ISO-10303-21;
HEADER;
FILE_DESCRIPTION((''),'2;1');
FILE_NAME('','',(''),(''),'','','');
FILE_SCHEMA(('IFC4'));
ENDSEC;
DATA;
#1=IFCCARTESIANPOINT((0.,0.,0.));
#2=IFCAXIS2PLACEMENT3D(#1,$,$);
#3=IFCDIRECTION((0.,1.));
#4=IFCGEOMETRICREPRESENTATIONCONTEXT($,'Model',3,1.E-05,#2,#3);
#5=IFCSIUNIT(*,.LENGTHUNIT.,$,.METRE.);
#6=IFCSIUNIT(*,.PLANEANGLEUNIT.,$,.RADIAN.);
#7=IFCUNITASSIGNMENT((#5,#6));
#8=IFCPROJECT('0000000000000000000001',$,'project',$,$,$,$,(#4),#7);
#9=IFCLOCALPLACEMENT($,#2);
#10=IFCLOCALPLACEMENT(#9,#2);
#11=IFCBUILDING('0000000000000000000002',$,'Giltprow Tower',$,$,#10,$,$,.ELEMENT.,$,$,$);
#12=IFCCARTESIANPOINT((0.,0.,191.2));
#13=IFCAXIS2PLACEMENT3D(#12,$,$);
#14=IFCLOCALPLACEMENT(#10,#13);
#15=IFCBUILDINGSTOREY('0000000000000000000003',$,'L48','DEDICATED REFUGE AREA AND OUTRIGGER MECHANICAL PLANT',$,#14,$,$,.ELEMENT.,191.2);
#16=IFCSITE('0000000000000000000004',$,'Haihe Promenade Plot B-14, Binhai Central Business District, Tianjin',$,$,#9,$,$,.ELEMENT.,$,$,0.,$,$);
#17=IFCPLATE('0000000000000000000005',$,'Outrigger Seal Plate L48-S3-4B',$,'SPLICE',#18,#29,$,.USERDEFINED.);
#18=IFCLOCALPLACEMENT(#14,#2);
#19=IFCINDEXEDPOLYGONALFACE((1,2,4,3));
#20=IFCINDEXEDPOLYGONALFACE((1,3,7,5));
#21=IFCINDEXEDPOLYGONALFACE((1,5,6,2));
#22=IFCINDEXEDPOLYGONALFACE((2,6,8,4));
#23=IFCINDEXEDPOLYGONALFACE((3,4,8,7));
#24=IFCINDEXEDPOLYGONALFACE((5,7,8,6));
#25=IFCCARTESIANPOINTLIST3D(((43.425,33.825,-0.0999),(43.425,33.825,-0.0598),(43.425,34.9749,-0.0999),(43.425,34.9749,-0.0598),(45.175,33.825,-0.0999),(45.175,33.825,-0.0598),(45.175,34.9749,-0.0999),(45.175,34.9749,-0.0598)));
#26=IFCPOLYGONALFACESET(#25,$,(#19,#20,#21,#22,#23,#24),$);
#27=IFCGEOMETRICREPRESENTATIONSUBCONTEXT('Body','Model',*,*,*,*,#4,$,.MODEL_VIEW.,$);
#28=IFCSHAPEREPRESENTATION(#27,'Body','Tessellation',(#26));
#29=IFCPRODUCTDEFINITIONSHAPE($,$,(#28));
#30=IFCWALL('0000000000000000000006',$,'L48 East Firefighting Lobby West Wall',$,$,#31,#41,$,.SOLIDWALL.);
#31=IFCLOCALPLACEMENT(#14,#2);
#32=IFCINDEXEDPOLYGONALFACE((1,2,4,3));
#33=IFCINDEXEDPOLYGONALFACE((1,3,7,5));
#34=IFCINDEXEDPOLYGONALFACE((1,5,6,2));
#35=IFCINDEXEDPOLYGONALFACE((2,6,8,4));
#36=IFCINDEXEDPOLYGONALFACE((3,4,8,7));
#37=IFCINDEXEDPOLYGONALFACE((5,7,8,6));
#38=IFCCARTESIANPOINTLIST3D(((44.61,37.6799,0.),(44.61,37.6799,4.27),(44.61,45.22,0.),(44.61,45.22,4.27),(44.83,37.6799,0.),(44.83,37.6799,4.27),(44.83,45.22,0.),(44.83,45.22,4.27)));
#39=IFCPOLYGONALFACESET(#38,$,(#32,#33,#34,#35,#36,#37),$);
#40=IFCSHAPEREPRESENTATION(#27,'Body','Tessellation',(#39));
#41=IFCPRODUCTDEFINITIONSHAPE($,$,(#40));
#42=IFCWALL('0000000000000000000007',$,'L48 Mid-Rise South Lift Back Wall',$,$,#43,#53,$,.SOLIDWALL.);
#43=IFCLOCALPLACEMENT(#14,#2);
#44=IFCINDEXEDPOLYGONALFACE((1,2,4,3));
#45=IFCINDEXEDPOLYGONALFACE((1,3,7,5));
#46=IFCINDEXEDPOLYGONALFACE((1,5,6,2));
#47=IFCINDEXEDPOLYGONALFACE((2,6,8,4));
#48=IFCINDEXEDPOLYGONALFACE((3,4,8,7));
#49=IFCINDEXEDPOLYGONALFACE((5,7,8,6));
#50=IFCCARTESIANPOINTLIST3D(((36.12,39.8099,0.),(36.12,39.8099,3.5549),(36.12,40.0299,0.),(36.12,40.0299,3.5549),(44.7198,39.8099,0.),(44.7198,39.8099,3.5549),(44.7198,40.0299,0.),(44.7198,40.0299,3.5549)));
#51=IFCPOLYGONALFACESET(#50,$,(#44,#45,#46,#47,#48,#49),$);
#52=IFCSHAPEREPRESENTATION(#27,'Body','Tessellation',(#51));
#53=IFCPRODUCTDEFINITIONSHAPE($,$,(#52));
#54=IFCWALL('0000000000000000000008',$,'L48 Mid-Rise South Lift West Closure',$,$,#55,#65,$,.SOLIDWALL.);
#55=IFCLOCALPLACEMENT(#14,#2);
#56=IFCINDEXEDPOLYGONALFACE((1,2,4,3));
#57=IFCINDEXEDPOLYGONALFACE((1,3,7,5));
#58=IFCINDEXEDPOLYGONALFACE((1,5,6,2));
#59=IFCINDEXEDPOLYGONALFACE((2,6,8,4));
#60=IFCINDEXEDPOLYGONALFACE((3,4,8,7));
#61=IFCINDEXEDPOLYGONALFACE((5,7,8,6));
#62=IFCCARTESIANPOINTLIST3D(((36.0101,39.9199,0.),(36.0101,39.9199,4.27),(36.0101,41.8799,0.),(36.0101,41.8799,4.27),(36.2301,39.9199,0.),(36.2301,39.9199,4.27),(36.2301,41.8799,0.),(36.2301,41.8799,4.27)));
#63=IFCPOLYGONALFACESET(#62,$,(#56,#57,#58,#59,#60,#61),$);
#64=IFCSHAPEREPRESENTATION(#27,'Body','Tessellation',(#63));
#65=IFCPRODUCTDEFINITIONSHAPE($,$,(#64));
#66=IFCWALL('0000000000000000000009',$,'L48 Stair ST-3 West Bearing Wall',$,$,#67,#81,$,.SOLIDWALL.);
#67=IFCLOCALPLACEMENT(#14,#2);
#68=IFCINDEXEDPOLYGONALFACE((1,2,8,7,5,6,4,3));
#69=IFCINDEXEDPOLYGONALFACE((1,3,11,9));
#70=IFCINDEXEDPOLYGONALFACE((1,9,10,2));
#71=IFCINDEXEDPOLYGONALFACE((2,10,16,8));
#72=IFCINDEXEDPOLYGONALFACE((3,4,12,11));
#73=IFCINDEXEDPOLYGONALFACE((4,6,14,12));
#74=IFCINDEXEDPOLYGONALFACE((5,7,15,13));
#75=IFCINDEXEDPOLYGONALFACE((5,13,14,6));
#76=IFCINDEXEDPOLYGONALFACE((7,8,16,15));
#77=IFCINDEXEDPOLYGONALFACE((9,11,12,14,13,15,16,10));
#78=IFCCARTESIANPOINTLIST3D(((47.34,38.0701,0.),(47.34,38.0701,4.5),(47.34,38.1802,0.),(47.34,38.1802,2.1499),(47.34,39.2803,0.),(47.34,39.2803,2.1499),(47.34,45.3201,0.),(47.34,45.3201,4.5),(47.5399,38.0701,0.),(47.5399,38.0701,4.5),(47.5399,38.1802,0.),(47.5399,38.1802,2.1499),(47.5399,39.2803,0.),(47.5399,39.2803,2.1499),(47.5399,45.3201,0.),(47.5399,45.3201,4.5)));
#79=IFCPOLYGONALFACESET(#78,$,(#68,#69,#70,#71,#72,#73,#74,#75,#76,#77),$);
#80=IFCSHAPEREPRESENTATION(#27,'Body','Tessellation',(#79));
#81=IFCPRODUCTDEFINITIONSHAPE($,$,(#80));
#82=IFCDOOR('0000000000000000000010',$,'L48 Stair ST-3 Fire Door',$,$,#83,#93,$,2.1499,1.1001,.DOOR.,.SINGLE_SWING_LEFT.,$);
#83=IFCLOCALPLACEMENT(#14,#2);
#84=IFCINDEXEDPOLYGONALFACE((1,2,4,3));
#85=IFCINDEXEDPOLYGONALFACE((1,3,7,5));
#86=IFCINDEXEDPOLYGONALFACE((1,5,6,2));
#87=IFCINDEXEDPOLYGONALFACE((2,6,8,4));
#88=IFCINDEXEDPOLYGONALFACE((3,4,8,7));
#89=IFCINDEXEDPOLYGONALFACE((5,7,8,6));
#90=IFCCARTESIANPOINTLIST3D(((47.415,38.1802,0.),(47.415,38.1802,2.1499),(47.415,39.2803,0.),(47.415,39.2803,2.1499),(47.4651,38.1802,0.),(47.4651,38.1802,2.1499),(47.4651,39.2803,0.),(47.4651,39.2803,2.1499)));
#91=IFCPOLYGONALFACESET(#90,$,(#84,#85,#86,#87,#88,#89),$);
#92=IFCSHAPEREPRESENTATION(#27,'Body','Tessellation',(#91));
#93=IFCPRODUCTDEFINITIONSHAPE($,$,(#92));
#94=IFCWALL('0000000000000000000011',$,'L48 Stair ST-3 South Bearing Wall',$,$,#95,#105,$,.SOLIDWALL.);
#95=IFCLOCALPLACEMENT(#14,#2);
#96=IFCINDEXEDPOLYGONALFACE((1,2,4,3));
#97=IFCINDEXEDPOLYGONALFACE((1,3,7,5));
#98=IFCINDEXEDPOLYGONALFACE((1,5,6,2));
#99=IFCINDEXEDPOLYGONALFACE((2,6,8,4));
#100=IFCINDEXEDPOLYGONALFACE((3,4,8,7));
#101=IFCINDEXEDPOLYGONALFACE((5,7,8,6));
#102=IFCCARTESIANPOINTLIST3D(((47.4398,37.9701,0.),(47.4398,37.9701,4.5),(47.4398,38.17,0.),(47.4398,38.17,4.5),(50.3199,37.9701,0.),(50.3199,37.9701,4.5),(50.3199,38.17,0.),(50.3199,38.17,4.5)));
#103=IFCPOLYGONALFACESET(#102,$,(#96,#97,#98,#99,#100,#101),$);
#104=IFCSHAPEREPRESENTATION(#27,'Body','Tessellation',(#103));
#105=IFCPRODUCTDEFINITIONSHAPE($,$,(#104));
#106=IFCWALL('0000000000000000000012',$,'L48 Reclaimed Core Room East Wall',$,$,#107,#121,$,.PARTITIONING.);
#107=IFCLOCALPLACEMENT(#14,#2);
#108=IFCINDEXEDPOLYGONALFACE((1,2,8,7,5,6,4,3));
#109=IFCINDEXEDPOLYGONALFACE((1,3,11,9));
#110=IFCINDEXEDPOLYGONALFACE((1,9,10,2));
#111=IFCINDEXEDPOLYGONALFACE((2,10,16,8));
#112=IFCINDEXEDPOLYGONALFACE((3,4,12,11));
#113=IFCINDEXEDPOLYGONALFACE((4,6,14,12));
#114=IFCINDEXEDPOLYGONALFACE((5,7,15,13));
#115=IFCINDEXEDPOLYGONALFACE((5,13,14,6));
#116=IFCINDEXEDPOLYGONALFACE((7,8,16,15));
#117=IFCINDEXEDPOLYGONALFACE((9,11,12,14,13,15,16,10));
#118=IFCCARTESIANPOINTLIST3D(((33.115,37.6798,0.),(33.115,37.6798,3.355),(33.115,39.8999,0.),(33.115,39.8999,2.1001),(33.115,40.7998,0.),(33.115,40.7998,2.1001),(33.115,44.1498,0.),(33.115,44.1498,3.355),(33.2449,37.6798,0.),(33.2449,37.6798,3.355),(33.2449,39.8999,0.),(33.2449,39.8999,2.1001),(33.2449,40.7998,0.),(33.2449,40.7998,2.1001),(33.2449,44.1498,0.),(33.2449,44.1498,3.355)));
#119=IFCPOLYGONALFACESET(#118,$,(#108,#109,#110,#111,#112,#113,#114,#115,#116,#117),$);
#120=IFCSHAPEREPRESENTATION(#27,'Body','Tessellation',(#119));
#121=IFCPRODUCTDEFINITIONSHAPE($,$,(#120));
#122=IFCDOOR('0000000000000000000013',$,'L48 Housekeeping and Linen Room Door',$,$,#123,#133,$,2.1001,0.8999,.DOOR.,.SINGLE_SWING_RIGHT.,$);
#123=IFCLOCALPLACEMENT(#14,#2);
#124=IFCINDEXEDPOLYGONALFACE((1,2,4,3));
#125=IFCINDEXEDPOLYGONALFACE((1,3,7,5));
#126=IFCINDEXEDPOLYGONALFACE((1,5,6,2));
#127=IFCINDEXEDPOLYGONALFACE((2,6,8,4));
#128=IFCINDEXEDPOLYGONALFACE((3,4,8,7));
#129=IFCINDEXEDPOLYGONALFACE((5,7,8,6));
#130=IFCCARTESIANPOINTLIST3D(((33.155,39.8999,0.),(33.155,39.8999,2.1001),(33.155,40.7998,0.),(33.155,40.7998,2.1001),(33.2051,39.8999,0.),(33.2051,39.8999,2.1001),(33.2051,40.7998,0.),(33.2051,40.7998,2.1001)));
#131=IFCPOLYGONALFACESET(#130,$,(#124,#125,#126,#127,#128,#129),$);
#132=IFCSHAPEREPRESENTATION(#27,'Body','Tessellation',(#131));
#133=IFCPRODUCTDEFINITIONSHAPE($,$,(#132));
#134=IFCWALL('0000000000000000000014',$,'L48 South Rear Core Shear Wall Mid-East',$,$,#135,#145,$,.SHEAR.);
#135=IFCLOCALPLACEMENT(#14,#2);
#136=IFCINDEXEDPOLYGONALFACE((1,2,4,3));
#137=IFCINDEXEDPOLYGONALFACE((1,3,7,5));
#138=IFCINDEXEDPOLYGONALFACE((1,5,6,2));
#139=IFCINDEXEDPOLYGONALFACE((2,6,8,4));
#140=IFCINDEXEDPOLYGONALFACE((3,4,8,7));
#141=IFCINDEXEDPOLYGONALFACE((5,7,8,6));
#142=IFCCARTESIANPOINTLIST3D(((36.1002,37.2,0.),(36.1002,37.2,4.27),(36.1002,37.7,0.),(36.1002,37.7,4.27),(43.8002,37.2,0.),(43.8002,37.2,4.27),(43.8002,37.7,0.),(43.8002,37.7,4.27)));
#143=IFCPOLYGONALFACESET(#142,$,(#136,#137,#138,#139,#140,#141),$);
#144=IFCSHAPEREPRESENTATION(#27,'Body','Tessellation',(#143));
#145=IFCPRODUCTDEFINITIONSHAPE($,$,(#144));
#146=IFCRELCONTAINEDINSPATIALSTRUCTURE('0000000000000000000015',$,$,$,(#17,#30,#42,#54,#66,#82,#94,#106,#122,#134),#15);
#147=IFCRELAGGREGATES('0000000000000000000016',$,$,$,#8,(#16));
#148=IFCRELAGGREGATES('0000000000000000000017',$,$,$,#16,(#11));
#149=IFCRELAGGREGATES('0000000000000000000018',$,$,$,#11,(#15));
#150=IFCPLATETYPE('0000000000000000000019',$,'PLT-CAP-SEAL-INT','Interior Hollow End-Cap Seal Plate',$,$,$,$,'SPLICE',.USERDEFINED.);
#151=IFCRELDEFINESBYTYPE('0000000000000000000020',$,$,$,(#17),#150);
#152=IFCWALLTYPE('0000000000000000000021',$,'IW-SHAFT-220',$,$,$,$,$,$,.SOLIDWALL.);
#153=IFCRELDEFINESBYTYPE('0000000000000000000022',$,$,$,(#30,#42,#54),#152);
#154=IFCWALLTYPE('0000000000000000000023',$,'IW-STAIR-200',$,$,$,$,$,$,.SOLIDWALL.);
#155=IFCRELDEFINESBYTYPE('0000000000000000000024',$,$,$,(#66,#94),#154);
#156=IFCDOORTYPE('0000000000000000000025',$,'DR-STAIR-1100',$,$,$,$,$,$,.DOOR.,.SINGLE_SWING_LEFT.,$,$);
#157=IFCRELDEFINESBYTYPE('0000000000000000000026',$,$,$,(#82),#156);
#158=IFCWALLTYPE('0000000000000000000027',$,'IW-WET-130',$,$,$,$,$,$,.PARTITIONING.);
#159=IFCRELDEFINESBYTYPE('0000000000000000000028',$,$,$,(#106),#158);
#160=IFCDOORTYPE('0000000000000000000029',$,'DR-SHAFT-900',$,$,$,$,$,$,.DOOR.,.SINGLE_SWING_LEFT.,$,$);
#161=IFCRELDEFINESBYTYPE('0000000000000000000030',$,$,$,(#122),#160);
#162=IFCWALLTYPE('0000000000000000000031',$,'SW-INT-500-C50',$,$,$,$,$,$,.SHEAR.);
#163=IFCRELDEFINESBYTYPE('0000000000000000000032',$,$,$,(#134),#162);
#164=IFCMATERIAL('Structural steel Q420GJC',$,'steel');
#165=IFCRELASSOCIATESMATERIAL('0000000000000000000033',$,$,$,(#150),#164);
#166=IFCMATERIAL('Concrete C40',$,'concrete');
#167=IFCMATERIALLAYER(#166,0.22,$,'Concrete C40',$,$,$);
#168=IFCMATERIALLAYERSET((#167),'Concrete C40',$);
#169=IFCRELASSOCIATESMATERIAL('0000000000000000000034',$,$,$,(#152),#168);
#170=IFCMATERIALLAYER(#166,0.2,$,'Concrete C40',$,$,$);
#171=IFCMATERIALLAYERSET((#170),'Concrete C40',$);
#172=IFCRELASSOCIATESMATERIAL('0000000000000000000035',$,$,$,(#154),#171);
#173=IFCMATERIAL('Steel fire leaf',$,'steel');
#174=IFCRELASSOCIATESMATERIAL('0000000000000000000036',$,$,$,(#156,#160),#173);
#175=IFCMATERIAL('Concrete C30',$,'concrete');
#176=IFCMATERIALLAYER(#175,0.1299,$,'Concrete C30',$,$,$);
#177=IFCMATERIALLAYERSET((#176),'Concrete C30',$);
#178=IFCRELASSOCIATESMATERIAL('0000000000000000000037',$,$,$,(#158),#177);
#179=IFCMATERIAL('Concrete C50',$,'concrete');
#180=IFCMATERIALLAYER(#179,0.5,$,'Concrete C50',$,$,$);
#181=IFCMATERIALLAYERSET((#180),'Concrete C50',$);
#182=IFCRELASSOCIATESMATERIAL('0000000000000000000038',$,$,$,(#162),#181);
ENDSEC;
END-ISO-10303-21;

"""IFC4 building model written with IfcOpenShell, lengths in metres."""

from ifc_helpers import new_model, si_unit, direction, frame, frame_2d, origin, origin_2d, place, context, subcontext, project, spatial, rectangle, extrude, source, transform, mapped, material, layer, layer_set, type_object, element, fill, save


model = new_model("IFC4")

# Units and contexts
model_context = context("Model", 3, precision=1e-05, world=origin(), true_north=direction((0.0, 1.0)))
body_context = subcontext(model_context, "Body", "Model", "MODEL_VIEW")
ifc_project = project(units=[si_unit("LENGTHUNIT", "METRE"), si_unit("PLANEANGLEUNIT", "RADIAN")], contexts=[model_context])

# Site, building, storey
site_placement = place(None, origin())
site = spatial("IfcSite", under=ifc_project, at=site_placement, Name="Haihe Promenade Plot B-14, Binhai Central Business District, Tianjin", CompositionType="ELEMENT", RefElevation=0.0)
building_placement = place(site_placement, origin())
building = spatial("IfcBuilding", under=site, at=building_placement, Name="Giltprow Tower", CompositionType="ELEMENT")
storey_placement = place(building_placement, frame((0.0, 0.0, 191.2)))
storey = spatial("IfcBuildingStorey", under=building, at=storey_placement, Name="L48", Description="DEDICATED REFUGE AREA AND OUTRIGGER MECHANICAL PLANT", CompositionType="ELEMENT", Elevation=191.2)

# Shared definitions
ifc_material_1 = material(Name="Concrete C50", Category="concrete")

# Shared definitions
ifc_material_2 = material(Name="Structural steel Q420GJC", Category="steel")

# Plate
plate_type = type_object("IfcPlateType", Name="PLT-CAP-SEAL-INT", Description="Interior Hollow End-Cap Seal Plate", ElementType="SPLICE", PredefinedType="USERDEFINED", material=ifc_material_2)
shared_shape_1 = source(origin(), body_context, "Body", "SweptSolid", [
    extrude(rectangle(XDim=1.75, YDim=1.1499, at=origin_2d()), origin(), (0.0, 0.0, 1.0), 0.04),
])
plate_placement = place(storey_placement, frame((44.3, 34.3999, -0.0999), z_axis=(0.0, 0.0, 1.0), x_axis=(1.0, 0.0, 0.0)))
element("IfcPlate", 1, at=plate_placement, inside=storey, type_object=plate_type, Name="Outrigger Seal Plate L48-S3-4B", ObjectType="SPLICE", PredefinedType="USERDEFINED", context=body_context, shape_type="MappedRepresentation", body=[
    mapped(shared_shape_1, transform((0.0, 0.0, 0.0), x_axis=(1.0, 0.0, 0.0), y_axis=(0.0, 1.0, 0.0), z_axis=(0.0, 0.0, 1.0), scale=1.0)),
])

# Walls
ifc_material_3 = material(Name="Concrete C40", Category="concrete")
ifc_layer_1 = layer(ifc_material_3, 0.22, Name="Concrete C40")
ifc_layer_set_1 = layer_set([ifc_layer_1], Name="Concrete C40")
wall_type_1 = type_object("IfcWallType", Name="IW-SHAFT-220", PredefinedType="SOLIDWALL", material=ifc_layer_set_1)
wall_1_placement = place(storey_placement, frame((44.72, 37.6799, 0.0), z_axis=(0.0, 0.0, 1.0), x_axis=(0.0, 1.0, 0.0)))
element("IfcWall", 2, at=wall_1_placement, inside=storey, type_object=wall_type_1, Name="L48 East Firefighting Lobby West Wall", PredefinedType="SOLIDWALL", context=body_context, shape_type="SweptSolid", body=[
    extrude(rectangle(XDim=7.54, YDim=0.22, at=frame_2d((3.77, 0.0))), origin(), (0.0, 0.0, 1.0), 4.27),
])
wall_2_placement = place(storey_placement, frame((36.1201, 39.9199, 0.0), z_axis=(0.0, 0.0, 1.0), x_axis=(1.0, 0.0, 0.0)))
element("IfcWall", 3, at=wall_2_placement, inside=storey, type_object=wall_type_1, Name="L48 Mid-Rise South Lift Back Wall", PredefinedType="SOLIDWALL", context=body_context, shape_type="SweptSolid", body=[
    extrude(rectangle(XDim=8.5999, YDim=0.22, at=frame_2d((4.2998, 0.0))), origin(), (0.0, 0.0, 1.0), 3.5549),
])
wall_3_placement = place(storey_placement, frame((36.1201, 39.9199, 0.0), z_axis=(0.0, 0.0, 1.0), x_axis=(0.0, 1.0, 0.0)))
element("IfcWall", 4, at=wall_3_placement, inside=storey, type_object=wall_type_1, Name="L48 Mid-Rise South Lift West Closure", PredefinedType="SOLIDWALL", context=body_context, shape_type="SweptSolid", body=[
    extrude(rectangle(XDim=1.96, YDim=0.22, at=frame_2d((0.98, 0.0))), origin(), (0.0, 0.0, 1.0), 4.27),
])

# Wall, opening, door
ifc_layer_2 = layer(ifc_material_3, 0.2, Name="Concrete C40")
ifc_layer_set_2 = layer_set([ifc_layer_2], Name="Concrete C40")
wall_type_2 = type_object("IfcWallType", Name="IW-STAIR-200", PredefinedType="SOLIDWALL", material=ifc_layer_set_2)
wall_4_placement = place(storey_placement, frame((47.4399, 38.0701, 0.0), z_axis=(0.0, 0.0, 1.0), x_axis=(0.0, 1.0, 0.0)))
wall_4 = element("IfcWall", 5, at=wall_4_placement, inside=storey, type_object=wall_type_2, Name="L48 Stair ST-3 West Bearing Wall", PredefinedType="SOLIDWALL", context=body_context, shape_type="SweptSolid", body=[
    extrude(rectangle(XDim=7.25, YDim=0.2, at=frame_2d((3.625, 0.0))), origin(), (0.0, 0.0, 1.0), 4.5),
])
opening_1_placement = place(wall_4_placement, frame((0.1101, 0.0, 0.0)))
opening_1 = element("IfcOpeningElement", 6, at=opening_1_placement, cuts=wall_4, PredefinedType="OPENING", context=body_context, shape_type="SweptSolid", body=[
    extrude(rectangle(XDim=1.1001, YDim=2.1499, at=frame_2d((0.55, 1.075))), frame((0.0, 0.1099, 0.0), z_axis=(0.0, -1.0, 0.0), x_axis=(1.0, 0.0, 0.0)), (0.0, 0.0, 1.0), 0.22),
])
ifc_material_4 = material(Name="Steel fire leaf", Category="steel")
door_type_1 = type_object("IfcDoorType", Name="DR-STAIR-1100", OperationType="SINGLE_SWING_LEFT", PredefinedType="DOOR", material=ifc_material_4)
shared_shape_2 = source(origin(), body_context, "Body", "SweptSolid", [
    extrude(rectangle(XDim=1.1001, YDim=2.1499, at=frame_2d((0.55, 1.075))), frame((0.0, 0.0249, 0.0), z_axis=(0.0, -1.0, 0.0), x_axis=(1.0, 0.0, 0.0)), (0.0, 0.0, 1.0), 0.05),
])
door_1_placement = place(opening_1_placement, origin())
door_1 = element("IfcDoor", 7, at=door_1_placement, inside=storey, type_object=door_type_1, Name="L48 Stair ST-3 Fire Door", OperationType="SINGLE_SWING_LEFT", OverallHeight=2.1499, OverallWidth=1.1001, PredefinedType="DOOR", context=body_context, shape_type="MappedRepresentation", body=[
    mapped(shared_shape_2, transform((0.0, 0.0, 0.0), x_axis=(1.0, 0.0, 0.0), y_axis=(0.0, 1.0, 0.0), z_axis=(0.0, 0.0, 1.0), scale=1.0)),
])
fill(opening_1, door_1)

# Wall
wall_5_placement = place(storey_placement, frame((47.4399, 38.0701, 0.0), z_axis=(0.0, 0.0, 1.0), x_axis=(1.0, 0.0, 0.0)))
element("IfcWall", 8, at=wall_5_placement, inside=storey, type_object=wall_type_2, Name="L48 Stair ST-3 South Bearing Wall", PredefinedType="SOLIDWALL", context=body_context, shape_type="SweptSolid", body=[
    extrude(rectangle(XDim=2.8801, YDim=0.2, at=frame_2d((1.4399, 0.0))), origin(), (0.0, 0.0, 1.0), 4.5),
])

# Wall, opening, door
ifc_material_5 = material(Name="Concrete C30", Category="concrete")
ifc_layer_3 = layer(ifc_material_5, 0.1299, Name="Concrete C30")
ifc_layer_set_3 = layer_set([ifc_layer_3], Name="Concrete C30")
wall_type_3 = type_object("IfcWallType", Name="IW-WET-130", PredefinedType="PARTITIONING", material=ifc_layer_set_3)
wall_6_placement = place(storey_placement, frame((33.1799, 37.6799, 0.0), z_axis=(0.0, 0.0, 1.0), x_axis=(0.0, 1.0, 0.0)))
wall_6 = element("IfcWall", 9, at=wall_6_placement, inside=storey, type_object=wall_type_3, Name="L48 Reclaimed Core Room East Wall", PredefinedType="PARTITIONING", context=body_context, shape_type="SweptSolid", body=[
    extrude(rectangle(XDim=6.47, YDim=0.1299, at=frame_2d((3.2349, 0.0))), origin(), (0.0, 0.0, 1.0), 3.355),
])
opening_2_placement = place(wall_6_placement, frame((2.22, 0.0, 0.0)))
opening_2 = element("IfcOpeningElement", 10, at=opening_2_placement, cuts=wall_6, PredefinedType="OPENING", context=body_context, shape_type="SweptSolid", body=[
    extrude(rectangle(XDim=0.8999, YDim=2.1001, at=frame_2d((0.45, 1.05))), frame((0.0, 0.075, 0.0), z_axis=(0.0, -1.0, 0.0), x_axis=(1.0, 0.0, 0.0)), (0.0, 0.0, 1.0), 0.1499),
])
door_type_2 = type_object("IfcDoorType", Name="DR-SHAFT-900", OperationType="SINGLE_SWING_LEFT", PredefinedType="DOOR", material=ifc_material_4)
shared_shape_3 = source(origin(), body_context, "Body", "SweptSolid", [
    extrude(rectangle(XDim=0.8999, YDim=2.1001, at=frame_2d((0.45, 1.05))), frame((0.0, 0.0249, 0.0), z_axis=(0.0, -1.0, 0.0), x_axis=(1.0, 0.0, 0.0)), (0.0, 0.0, 1.0), 0.05),
])
door_2_placement = place(opening_2_placement, origin())
door_2 = element("IfcDoor", 11, at=door_2_placement, inside=storey, type_object=door_type_2, Name="L48 Housekeeping and Linen Room Door", OperationType="SINGLE_SWING_RIGHT", OverallHeight=2.1001, OverallWidth=0.8999, PredefinedType="DOOR", context=body_context, shape_type="MappedRepresentation", body=[
    mapped(shared_shape_3, transform((0.0, 0.0, 0.0), x_axis=(1.0, 0.0, 0.0), y_axis=(0.0, 1.0, 0.0), z_axis=(0.0, 0.0, 1.0), scale=1.0)),
])
fill(opening_2, door_2)

# Wall
ifc_layer_4 = layer(ifc_material_1, 0.5, Name="Concrete C50")
ifc_layer_set_4 = layer_set([ifc_layer_4], Name="Concrete C50")
wall_type_4 = type_object("IfcWallType", Name="SW-INT-500-C50", PredefinedType="SHEAR", material=ifc_layer_set_4)
wall_7_placement = place(storey_placement, frame((36.1001, 37.45, 0.0), z_axis=(0.0, 0.0, 1.0), x_axis=(1.0, 0.0, 0.0)))
element("IfcWall", 12, at=wall_7_placement, inside=storey, type_object=wall_type_4, Name="L48 South Rear Core Shear Wall Mid-East", PredefinedType="SHEAR", context=body_context, shape_type="SweptSolid", body=[
    extrude(rectangle(XDim=7.7, YDim=0.5, at=frame_2d((3.8501, 0.0))), origin(), (0.0, 0.0, 1.0), 4.27),
])

save(model, "model.ifc")
